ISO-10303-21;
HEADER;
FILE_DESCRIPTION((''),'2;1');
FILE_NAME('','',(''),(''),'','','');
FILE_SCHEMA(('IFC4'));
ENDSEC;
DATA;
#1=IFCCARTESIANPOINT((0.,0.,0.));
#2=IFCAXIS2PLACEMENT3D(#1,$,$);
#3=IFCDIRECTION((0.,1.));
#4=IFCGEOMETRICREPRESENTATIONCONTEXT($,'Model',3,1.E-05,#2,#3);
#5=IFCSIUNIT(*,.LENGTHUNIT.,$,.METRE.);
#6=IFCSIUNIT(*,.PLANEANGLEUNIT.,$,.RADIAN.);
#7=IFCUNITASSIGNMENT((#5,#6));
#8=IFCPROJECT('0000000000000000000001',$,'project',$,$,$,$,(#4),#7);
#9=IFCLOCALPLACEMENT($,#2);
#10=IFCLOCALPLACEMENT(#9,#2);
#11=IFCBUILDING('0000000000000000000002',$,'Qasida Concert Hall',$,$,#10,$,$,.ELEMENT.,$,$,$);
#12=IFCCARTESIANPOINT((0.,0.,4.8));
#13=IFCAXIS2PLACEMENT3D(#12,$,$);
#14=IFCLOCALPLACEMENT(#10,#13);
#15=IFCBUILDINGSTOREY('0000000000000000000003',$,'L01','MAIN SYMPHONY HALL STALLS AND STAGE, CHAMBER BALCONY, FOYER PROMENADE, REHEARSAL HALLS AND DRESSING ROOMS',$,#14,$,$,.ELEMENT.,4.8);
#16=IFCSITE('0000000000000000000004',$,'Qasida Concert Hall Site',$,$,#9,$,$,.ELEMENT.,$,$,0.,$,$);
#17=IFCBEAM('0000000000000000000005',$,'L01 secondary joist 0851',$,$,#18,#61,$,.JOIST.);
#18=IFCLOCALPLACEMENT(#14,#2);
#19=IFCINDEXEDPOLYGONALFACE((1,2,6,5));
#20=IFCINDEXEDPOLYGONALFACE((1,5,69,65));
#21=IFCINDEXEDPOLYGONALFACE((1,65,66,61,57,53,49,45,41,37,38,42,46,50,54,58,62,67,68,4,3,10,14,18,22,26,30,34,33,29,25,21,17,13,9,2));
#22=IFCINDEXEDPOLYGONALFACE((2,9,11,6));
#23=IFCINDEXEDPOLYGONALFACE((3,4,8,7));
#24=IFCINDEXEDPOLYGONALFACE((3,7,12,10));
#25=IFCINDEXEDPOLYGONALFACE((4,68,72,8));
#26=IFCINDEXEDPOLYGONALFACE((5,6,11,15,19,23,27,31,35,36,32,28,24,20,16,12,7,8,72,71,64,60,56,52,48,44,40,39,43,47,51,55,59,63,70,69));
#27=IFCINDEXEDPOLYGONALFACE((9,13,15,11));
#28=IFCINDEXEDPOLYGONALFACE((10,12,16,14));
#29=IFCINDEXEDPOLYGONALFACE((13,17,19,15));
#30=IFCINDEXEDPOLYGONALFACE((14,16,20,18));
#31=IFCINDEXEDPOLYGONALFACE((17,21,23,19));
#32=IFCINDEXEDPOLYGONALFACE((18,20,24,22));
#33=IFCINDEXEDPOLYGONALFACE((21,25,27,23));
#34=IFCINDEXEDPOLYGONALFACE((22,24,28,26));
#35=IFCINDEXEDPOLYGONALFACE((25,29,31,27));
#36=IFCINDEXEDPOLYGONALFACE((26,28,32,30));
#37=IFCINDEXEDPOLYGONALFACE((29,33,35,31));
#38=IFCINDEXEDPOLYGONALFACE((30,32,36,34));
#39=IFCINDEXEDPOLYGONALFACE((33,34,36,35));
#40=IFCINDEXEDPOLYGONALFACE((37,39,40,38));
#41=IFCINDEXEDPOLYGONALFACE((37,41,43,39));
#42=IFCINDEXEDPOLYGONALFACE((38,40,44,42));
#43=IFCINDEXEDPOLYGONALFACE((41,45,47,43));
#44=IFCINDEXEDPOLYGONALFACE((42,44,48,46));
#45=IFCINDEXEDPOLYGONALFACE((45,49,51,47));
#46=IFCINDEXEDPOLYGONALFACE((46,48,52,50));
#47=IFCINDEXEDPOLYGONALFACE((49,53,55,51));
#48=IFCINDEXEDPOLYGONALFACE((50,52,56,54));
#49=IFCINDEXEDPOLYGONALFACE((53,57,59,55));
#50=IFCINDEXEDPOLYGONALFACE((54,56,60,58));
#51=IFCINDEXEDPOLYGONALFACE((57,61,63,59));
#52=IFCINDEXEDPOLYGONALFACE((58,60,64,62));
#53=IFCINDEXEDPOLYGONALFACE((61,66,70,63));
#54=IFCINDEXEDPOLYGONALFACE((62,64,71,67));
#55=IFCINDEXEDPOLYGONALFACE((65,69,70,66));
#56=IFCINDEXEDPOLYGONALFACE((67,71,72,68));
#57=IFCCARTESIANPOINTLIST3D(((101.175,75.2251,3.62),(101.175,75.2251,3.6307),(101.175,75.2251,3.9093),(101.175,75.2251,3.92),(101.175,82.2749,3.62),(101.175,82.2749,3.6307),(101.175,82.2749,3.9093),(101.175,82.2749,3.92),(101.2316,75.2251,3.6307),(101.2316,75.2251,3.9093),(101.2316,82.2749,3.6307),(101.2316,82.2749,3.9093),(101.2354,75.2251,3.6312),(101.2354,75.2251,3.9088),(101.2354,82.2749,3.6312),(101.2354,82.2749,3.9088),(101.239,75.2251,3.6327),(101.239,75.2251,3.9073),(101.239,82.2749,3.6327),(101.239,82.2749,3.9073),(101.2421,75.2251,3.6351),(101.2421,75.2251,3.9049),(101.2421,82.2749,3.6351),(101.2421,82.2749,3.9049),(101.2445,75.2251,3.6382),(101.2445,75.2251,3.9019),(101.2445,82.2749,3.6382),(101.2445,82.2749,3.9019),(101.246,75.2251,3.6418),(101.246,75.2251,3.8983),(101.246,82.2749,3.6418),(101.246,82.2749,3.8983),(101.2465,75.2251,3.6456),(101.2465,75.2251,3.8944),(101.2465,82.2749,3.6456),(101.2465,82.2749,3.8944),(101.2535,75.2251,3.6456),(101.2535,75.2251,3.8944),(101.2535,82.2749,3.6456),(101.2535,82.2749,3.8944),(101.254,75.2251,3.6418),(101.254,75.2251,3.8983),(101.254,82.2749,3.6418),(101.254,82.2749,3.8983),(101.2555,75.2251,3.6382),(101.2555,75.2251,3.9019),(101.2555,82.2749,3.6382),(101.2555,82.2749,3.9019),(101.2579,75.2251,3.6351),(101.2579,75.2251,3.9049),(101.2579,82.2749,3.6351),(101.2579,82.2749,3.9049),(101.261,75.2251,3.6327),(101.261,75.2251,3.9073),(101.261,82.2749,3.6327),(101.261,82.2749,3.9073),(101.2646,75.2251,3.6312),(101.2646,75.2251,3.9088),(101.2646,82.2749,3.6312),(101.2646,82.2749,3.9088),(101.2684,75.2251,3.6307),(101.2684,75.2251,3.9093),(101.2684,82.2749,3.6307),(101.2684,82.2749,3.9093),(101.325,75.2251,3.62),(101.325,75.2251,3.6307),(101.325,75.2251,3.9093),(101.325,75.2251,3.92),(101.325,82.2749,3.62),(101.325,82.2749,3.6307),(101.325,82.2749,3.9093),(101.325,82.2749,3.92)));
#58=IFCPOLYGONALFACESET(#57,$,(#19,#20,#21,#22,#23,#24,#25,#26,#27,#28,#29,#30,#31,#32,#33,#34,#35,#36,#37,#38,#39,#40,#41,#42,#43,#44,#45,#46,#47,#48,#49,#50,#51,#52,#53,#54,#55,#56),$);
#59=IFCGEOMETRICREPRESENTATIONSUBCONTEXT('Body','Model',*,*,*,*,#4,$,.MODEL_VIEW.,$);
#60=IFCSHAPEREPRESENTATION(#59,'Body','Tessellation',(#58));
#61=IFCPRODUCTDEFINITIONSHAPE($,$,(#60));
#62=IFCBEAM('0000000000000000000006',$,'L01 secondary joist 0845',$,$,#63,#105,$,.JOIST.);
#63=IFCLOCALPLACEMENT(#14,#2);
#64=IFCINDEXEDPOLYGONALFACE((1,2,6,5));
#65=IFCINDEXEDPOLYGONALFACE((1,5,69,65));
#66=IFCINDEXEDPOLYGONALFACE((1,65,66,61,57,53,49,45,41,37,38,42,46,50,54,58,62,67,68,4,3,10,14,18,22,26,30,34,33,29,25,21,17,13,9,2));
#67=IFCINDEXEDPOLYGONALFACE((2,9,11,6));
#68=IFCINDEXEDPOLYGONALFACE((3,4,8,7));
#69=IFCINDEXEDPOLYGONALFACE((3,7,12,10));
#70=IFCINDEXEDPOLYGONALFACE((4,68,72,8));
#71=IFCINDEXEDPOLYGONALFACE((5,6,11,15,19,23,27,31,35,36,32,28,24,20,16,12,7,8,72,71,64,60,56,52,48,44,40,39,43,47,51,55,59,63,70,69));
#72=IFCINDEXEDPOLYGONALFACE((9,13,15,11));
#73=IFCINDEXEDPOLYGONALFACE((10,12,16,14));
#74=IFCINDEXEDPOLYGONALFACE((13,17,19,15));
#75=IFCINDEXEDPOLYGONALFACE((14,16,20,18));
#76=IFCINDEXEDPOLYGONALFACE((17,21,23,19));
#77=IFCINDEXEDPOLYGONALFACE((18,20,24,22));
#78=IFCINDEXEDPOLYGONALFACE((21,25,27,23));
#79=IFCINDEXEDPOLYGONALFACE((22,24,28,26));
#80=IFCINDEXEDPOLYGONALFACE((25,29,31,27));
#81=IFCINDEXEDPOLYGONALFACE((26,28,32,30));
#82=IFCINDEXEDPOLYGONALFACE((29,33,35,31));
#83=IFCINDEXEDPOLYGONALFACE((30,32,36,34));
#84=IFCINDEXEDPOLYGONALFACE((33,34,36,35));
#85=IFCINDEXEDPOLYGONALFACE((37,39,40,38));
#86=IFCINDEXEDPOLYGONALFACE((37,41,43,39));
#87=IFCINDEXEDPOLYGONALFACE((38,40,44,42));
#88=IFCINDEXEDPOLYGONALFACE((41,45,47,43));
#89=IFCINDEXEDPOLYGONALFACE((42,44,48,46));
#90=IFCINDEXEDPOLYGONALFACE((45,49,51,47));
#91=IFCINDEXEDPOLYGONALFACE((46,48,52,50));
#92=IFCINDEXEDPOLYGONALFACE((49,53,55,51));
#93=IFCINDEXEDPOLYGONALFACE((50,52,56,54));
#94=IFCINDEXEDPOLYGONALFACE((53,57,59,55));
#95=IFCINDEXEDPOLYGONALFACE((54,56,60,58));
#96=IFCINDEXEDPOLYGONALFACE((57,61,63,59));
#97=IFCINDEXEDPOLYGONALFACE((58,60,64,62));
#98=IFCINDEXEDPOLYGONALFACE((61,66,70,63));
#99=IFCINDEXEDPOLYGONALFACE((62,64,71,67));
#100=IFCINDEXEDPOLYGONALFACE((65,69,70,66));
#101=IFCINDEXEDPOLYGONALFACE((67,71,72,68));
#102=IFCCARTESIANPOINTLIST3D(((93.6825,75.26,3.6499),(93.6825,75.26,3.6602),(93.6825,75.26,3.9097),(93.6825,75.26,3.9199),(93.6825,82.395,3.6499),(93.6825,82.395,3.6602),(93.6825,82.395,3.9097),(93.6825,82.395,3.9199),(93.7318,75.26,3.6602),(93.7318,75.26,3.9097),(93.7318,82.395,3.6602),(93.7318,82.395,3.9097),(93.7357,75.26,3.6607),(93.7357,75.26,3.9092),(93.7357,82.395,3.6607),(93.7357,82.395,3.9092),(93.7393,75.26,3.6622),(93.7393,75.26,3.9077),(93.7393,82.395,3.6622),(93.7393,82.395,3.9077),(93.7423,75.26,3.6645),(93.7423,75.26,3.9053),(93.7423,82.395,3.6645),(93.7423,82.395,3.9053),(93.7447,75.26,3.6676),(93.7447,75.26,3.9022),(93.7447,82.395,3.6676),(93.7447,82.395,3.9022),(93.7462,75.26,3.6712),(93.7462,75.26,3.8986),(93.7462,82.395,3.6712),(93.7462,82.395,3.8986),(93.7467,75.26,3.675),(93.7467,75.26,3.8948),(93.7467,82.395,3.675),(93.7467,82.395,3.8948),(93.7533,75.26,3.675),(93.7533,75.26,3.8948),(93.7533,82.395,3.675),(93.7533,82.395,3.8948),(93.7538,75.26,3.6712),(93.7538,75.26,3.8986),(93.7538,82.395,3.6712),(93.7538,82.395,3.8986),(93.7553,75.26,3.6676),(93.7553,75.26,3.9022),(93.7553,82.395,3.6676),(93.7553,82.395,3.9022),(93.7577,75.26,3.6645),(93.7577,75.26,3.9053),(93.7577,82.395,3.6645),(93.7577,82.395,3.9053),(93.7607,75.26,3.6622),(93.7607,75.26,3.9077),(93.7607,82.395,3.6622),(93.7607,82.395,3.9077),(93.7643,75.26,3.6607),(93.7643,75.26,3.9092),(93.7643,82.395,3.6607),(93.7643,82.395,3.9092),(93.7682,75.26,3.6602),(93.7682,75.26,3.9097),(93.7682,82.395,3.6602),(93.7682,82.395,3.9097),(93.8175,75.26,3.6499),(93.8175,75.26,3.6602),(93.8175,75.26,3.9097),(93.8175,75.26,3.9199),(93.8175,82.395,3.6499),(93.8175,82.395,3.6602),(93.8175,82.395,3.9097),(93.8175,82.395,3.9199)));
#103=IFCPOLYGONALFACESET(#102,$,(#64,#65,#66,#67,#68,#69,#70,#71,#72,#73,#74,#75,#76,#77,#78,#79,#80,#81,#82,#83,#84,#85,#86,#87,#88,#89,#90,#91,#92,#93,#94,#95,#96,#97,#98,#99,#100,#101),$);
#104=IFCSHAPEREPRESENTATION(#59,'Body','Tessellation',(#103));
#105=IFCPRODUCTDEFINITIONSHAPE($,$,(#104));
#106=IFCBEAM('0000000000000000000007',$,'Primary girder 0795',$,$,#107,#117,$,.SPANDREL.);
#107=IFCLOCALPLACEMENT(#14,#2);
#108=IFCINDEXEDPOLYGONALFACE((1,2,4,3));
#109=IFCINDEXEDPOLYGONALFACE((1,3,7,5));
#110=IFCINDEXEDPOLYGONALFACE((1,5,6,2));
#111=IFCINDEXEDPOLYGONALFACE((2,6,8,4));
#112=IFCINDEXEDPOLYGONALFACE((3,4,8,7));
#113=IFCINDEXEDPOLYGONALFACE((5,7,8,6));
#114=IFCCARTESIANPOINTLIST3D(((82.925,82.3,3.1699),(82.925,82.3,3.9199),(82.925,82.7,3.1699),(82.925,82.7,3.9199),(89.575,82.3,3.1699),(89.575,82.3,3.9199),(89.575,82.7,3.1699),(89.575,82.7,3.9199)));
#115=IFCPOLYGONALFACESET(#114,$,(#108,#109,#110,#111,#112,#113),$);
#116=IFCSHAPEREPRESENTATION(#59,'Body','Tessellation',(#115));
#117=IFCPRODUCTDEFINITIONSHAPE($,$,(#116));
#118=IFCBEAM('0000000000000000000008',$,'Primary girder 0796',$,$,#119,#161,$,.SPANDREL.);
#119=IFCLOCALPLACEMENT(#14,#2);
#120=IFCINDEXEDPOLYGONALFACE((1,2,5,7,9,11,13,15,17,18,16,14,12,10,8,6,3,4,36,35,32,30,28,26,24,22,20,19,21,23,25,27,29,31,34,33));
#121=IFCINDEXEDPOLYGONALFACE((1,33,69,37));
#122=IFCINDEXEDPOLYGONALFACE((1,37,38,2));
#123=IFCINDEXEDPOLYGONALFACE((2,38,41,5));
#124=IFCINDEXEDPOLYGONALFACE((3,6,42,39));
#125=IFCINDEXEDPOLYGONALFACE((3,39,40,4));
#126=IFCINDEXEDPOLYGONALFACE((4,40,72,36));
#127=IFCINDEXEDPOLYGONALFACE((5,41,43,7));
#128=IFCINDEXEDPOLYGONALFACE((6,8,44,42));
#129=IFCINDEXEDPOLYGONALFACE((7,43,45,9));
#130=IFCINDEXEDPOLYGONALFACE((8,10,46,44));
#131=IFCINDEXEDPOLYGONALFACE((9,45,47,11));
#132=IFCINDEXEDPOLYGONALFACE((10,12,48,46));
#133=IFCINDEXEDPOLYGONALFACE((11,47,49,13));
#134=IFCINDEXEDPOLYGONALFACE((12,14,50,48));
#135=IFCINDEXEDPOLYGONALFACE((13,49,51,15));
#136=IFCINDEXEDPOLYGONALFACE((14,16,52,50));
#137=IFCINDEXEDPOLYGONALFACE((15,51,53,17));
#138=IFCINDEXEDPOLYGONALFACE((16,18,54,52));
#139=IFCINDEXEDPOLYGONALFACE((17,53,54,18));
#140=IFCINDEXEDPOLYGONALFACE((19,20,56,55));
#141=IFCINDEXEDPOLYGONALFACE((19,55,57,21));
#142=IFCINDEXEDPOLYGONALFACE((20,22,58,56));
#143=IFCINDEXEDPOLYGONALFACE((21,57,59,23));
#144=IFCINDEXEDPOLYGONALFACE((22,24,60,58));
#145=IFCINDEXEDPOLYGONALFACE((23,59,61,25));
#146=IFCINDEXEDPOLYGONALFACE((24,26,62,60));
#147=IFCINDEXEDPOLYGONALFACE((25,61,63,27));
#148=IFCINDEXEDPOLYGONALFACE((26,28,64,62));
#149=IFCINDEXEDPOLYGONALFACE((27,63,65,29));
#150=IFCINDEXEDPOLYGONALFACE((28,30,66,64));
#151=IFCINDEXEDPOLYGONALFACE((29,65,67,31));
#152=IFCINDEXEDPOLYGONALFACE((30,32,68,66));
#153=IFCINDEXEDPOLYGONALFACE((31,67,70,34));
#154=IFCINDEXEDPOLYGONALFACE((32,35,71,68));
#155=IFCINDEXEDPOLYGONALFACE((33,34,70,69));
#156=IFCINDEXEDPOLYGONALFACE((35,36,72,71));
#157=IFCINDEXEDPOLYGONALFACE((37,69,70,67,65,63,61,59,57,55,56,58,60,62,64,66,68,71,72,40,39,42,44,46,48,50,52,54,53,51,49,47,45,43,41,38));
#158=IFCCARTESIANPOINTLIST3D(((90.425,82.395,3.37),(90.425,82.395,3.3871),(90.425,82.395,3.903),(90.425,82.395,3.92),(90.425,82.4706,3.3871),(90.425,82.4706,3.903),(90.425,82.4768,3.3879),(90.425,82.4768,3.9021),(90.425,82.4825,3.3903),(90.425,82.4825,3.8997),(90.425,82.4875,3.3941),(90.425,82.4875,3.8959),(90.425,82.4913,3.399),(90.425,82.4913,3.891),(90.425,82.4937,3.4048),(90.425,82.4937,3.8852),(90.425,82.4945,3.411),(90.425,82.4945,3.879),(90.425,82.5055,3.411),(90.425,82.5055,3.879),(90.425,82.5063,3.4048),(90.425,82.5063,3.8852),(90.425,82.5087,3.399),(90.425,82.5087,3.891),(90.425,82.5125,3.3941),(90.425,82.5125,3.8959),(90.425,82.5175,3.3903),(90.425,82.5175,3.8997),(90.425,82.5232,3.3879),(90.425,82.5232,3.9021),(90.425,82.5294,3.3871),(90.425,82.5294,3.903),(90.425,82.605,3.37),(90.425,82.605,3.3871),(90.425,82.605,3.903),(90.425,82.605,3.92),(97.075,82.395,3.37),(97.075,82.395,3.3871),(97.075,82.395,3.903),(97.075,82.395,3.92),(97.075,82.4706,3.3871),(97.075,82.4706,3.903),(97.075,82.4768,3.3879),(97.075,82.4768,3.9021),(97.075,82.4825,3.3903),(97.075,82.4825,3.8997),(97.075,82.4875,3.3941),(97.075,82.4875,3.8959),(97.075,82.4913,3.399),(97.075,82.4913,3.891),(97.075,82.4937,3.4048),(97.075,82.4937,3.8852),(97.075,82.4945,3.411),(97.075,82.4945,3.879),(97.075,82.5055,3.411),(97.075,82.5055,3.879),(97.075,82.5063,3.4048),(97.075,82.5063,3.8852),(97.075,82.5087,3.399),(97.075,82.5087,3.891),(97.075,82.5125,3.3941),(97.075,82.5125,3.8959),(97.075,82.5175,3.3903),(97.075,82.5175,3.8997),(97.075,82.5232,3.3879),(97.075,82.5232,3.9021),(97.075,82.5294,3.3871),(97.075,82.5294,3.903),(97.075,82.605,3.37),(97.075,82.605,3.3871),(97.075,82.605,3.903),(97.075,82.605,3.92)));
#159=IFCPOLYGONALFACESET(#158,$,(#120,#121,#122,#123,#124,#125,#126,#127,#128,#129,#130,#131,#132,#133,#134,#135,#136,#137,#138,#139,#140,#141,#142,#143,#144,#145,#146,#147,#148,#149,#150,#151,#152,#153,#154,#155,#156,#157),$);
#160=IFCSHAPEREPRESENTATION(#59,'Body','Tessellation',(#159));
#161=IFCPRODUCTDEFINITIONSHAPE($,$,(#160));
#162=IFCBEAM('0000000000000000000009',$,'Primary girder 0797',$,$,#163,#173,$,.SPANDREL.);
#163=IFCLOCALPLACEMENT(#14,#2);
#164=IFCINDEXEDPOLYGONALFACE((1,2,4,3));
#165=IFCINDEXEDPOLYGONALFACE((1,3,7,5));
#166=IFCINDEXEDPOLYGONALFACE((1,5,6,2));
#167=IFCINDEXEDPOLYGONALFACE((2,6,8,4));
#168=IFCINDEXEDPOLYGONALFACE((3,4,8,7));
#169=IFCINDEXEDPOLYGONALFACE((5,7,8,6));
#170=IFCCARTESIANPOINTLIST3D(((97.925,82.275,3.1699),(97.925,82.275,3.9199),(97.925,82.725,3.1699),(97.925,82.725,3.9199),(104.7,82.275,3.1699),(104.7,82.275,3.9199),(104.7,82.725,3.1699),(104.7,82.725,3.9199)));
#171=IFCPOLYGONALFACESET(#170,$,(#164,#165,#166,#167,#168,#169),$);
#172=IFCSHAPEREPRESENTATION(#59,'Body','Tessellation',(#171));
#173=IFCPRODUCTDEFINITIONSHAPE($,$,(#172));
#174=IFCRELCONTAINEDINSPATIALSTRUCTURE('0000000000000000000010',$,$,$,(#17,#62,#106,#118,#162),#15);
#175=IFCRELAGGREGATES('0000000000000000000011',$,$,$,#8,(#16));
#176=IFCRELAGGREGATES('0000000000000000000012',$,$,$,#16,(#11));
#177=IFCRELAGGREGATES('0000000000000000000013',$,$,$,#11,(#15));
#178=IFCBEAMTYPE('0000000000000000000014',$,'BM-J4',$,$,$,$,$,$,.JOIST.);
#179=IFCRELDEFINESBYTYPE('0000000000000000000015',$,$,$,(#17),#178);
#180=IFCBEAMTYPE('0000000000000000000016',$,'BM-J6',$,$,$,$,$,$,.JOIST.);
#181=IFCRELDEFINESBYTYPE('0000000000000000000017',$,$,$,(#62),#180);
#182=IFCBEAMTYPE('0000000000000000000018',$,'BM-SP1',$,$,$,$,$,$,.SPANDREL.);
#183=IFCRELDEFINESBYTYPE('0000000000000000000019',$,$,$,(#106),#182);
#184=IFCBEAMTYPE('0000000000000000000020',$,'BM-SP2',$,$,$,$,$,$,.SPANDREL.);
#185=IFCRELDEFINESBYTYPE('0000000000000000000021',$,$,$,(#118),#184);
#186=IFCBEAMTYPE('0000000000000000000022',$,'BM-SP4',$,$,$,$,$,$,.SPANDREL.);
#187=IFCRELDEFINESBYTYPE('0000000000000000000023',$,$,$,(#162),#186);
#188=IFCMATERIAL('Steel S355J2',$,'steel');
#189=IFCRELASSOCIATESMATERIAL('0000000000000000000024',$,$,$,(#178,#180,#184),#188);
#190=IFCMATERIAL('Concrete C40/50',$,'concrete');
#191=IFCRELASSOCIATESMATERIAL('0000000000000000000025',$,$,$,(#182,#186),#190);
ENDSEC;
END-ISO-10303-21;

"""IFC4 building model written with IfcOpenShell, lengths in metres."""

from ifc_helpers import new_model, si_unit, direction, frame, origin, origin_2d, place, context, subcontext, project, spatial, rectangle, i_section, extrude, material, material_profile, profile_set, type_object, element, save


model = new_model("IFC4")

# Units and contexts
model_context = context("Model", 3, precision=1e-05, world=origin(), true_north=direction((0.0, 1.0)))
body_context = subcontext(model_context, "Body", "Model", "MODEL_VIEW")
ifc_project = project(units=[si_unit("LENGTHUNIT", "METRE"), si_unit("PLANEANGLEUNIT", "RADIAN")], contexts=[model_context])

# Site, building, storey
site_placement = place(None, origin())
site = spatial("IfcSite", under=ifc_project, at=site_placement, Name="Qasida Concert Hall Site", CompositionType="ELEMENT", RefElevation=0.0)
building_placement = place(site_placement, origin())
building = spatial("IfcBuilding", under=site, at=building_placement, Name="Qasida Concert Hall", CompositionType="ELEMENT")
storey_placement = place(building_placement, frame((0.0, 0.0, 4.8)))
storey = spatial("IfcBuildingStorey", under=building, at=storey_placement, Name="L01", Description="MAIN SYMPHONY HALL STALLS AND STAGE, CHAMBER BALCONY, FOYER PROMENADE, REHEARSAL HALLS AND DRESSING ROOMS", CompositionType="ELEMENT", Elevation=4.8)

# Beams
ifc_material_1 = material(Name="Concrete C40/50", Category="concrete")
ifc_material_2 = material(Name="Steel S355J2", Category="steel")
ifc_material_profile_1 = material_profile(ifc_material_2, i_section(OverallWidth=0.1499, OverallDepth=0.3, WebThickness=0.0071, FlangeThickness=0.0107, FilletRadius=0.0149, at=origin_2d()), Name="IPE 300")
ifc_profile_set_1 = profile_set([ifc_material_profile_1], Name="Steel S355J2")
beam_type_1 = type_object("IfcBeamType", Name="BM-J4", PredefinedType="JOIST", material=ifc_profile_set_1)
beam_1_placement = place(storey_placement, frame((101.25, 75.2251, 3.77), z_axis=(0.0, 1.0, 0.0), x_axis=(-1.0, 0.0, 0.0)))
element("IfcBeam", 1, at=beam_1_placement, inside=storey, type_object=beam_type_1, Name="L01 secondary joist 0851", PredefinedType="JOIST", context=body_context, shape_type="SweptSolid", body=[
    extrude(i_section(OverallWidth=0.1499, OverallDepth=0.3, WebThickness=0.0071, FlangeThickness=0.0107, FilletRadius=0.0149, at=origin_2d()), origin(), (0.0, 0.0, 1.0), 7.0498),
])
ifc_material_profile_2 = material_profile(ifc_material_2, i_section(OverallWidth=0.135, OverallDepth=0.27, WebThickness=0.0066, FlangeThickness=0.0103, FilletRadius=0.0149, at=origin_2d()), Name="IPE 270")
ifc_profile_set_2 = profile_set([ifc_material_profile_2], Name="Steel S355J2")
beam_type_2 = type_object("IfcBeamType", Name="BM-J6", PredefinedType="JOIST", material=ifc_profile_set_2)
beam_2_placement = place(storey_placement, frame((93.75, 75.26, 3.7849), z_axis=(0.0, 1.0, 0.0), x_axis=(-1.0, 0.0, 0.0)))
element("IfcBeam", 2, at=beam_2_placement, inside=storey, type_object=beam_type_2, Name="L01 secondary joist 0845", PredefinedType="JOIST", context=body_context, shape_type="SweptSolid", body=[
    extrude(i_section(OverallWidth=0.135, OverallDepth=0.27, WebThickness=0.0066, FlangeThickness=0.0103, FilletRadius=0.0149, at=origin_2d()), origin(), (0.0, 0.0, 1.0), 7.135),
])
ifc_material_profile_3 = material_profile(ifc_material_1, rectangle(XDim=0.3999, YDim=0.75, at=origin_2d()), Name="RC 400x750")
ifc_profile_set_3 = profile_set([ifc_material_profile_3], Name="Concrete C40/50")
beam_type_3 = type_object("IfcBeamType", Name="BM-SP1", PredefinedType="SPANDREL", material=ifc_profile_set_3)
beam_3_placement = place(storey_placement, frame((82.925, 82.5, 3.5449), z_axis=(1.0, 0.0, 0.0), x_axis=(0.0, 1.0, 0.0)))
element("IfcBeam", 3, at=beam_3_placement, inside=storey, type_object=beam_type_3, Name="Primary girder 0795", PredefinedType="SPANDREL", context=body_context, shape_type="SweptSolid", body=[
    extrude(rectangle(XDim=0.3999, YDim=0.75, at=origin_2d()), origin(), (0.0, 0.0, 1.0), 6.6499),
])
ifc_material_profile_4 = material_profile(ifc_material_2, i_section(OverallWidth=0.21, OverallDepth=0.55, WebThickness=0.011, FlangeThickness=0.0171, FilletRadius=0.0239, at=origin_2d()), Name="IPE 550")
ifc_profile_set_4 = profile_set([ifc_material_profile_4], Name="Steel S355J2")
beam_type_4 = type_object("IfcBeamType", Name="BM-SP2", PredefinedType="SPANDREL", material=ifc_profile_set_4)
beam_4_placement = place(storey_placement, frame((90.425, 82.5, 3.645), z_axis=(1.0, 0.0, 0.0), x_axis=(0.0, 1.0, 0.0)))
element("IfcBeam", 4, at=beam_4_placement, inside=storey, type_object=beam_type_4, Name="Primary girder 0796", PredefinedType="SPANDREL", context=body_context, shape_type="SweptSolid", body=[
    extrude(i_section(OverallWidth=0.21, OverallDepth=0.55, WebThickness=0.011, FlangeThickness=0.0171, FilletRadius=0.0239, at=origin_2d()), origin(), (0.0, 0.0, 1.0), 6.6499),
])
ifc_material_profile_5 = material_profile(ifc_material_1, rectangle(XDim=0.45, YDim=0.75, at=origin_2d()), Name="RC 450x750")
ifc_profile_set_5 = profile_set([ifc_material_profile_5], Name="Concrete C40/50")
beam_type_5 = type_object("IfcBeamType", Name="BM-SP4", PredefinedType="SPANDREL", material=ifc_profile_set_5)
beam_5_placement = place(storey_placement, frame((97.925, 82.5, 3.5449), z_axis=(1.0, 0.0, 0.0), x_axis=(0.0, 1.0, 0.0)))
element("IfcBeam", 5, at=beam_5_placement, inside=storey, type_object=beam_type_5, Name="Primary girder 0797", PredefinedType="SPANDREL", context=body_context, shape_type="SweptSolid", body=[
    extrude(rectangle(XDim=0.45, YDim=0.75, at=origin_2d()), origin(), (0.0, 0.0, 1.0), 6.7749),
])

save(model, "model.ifc")
